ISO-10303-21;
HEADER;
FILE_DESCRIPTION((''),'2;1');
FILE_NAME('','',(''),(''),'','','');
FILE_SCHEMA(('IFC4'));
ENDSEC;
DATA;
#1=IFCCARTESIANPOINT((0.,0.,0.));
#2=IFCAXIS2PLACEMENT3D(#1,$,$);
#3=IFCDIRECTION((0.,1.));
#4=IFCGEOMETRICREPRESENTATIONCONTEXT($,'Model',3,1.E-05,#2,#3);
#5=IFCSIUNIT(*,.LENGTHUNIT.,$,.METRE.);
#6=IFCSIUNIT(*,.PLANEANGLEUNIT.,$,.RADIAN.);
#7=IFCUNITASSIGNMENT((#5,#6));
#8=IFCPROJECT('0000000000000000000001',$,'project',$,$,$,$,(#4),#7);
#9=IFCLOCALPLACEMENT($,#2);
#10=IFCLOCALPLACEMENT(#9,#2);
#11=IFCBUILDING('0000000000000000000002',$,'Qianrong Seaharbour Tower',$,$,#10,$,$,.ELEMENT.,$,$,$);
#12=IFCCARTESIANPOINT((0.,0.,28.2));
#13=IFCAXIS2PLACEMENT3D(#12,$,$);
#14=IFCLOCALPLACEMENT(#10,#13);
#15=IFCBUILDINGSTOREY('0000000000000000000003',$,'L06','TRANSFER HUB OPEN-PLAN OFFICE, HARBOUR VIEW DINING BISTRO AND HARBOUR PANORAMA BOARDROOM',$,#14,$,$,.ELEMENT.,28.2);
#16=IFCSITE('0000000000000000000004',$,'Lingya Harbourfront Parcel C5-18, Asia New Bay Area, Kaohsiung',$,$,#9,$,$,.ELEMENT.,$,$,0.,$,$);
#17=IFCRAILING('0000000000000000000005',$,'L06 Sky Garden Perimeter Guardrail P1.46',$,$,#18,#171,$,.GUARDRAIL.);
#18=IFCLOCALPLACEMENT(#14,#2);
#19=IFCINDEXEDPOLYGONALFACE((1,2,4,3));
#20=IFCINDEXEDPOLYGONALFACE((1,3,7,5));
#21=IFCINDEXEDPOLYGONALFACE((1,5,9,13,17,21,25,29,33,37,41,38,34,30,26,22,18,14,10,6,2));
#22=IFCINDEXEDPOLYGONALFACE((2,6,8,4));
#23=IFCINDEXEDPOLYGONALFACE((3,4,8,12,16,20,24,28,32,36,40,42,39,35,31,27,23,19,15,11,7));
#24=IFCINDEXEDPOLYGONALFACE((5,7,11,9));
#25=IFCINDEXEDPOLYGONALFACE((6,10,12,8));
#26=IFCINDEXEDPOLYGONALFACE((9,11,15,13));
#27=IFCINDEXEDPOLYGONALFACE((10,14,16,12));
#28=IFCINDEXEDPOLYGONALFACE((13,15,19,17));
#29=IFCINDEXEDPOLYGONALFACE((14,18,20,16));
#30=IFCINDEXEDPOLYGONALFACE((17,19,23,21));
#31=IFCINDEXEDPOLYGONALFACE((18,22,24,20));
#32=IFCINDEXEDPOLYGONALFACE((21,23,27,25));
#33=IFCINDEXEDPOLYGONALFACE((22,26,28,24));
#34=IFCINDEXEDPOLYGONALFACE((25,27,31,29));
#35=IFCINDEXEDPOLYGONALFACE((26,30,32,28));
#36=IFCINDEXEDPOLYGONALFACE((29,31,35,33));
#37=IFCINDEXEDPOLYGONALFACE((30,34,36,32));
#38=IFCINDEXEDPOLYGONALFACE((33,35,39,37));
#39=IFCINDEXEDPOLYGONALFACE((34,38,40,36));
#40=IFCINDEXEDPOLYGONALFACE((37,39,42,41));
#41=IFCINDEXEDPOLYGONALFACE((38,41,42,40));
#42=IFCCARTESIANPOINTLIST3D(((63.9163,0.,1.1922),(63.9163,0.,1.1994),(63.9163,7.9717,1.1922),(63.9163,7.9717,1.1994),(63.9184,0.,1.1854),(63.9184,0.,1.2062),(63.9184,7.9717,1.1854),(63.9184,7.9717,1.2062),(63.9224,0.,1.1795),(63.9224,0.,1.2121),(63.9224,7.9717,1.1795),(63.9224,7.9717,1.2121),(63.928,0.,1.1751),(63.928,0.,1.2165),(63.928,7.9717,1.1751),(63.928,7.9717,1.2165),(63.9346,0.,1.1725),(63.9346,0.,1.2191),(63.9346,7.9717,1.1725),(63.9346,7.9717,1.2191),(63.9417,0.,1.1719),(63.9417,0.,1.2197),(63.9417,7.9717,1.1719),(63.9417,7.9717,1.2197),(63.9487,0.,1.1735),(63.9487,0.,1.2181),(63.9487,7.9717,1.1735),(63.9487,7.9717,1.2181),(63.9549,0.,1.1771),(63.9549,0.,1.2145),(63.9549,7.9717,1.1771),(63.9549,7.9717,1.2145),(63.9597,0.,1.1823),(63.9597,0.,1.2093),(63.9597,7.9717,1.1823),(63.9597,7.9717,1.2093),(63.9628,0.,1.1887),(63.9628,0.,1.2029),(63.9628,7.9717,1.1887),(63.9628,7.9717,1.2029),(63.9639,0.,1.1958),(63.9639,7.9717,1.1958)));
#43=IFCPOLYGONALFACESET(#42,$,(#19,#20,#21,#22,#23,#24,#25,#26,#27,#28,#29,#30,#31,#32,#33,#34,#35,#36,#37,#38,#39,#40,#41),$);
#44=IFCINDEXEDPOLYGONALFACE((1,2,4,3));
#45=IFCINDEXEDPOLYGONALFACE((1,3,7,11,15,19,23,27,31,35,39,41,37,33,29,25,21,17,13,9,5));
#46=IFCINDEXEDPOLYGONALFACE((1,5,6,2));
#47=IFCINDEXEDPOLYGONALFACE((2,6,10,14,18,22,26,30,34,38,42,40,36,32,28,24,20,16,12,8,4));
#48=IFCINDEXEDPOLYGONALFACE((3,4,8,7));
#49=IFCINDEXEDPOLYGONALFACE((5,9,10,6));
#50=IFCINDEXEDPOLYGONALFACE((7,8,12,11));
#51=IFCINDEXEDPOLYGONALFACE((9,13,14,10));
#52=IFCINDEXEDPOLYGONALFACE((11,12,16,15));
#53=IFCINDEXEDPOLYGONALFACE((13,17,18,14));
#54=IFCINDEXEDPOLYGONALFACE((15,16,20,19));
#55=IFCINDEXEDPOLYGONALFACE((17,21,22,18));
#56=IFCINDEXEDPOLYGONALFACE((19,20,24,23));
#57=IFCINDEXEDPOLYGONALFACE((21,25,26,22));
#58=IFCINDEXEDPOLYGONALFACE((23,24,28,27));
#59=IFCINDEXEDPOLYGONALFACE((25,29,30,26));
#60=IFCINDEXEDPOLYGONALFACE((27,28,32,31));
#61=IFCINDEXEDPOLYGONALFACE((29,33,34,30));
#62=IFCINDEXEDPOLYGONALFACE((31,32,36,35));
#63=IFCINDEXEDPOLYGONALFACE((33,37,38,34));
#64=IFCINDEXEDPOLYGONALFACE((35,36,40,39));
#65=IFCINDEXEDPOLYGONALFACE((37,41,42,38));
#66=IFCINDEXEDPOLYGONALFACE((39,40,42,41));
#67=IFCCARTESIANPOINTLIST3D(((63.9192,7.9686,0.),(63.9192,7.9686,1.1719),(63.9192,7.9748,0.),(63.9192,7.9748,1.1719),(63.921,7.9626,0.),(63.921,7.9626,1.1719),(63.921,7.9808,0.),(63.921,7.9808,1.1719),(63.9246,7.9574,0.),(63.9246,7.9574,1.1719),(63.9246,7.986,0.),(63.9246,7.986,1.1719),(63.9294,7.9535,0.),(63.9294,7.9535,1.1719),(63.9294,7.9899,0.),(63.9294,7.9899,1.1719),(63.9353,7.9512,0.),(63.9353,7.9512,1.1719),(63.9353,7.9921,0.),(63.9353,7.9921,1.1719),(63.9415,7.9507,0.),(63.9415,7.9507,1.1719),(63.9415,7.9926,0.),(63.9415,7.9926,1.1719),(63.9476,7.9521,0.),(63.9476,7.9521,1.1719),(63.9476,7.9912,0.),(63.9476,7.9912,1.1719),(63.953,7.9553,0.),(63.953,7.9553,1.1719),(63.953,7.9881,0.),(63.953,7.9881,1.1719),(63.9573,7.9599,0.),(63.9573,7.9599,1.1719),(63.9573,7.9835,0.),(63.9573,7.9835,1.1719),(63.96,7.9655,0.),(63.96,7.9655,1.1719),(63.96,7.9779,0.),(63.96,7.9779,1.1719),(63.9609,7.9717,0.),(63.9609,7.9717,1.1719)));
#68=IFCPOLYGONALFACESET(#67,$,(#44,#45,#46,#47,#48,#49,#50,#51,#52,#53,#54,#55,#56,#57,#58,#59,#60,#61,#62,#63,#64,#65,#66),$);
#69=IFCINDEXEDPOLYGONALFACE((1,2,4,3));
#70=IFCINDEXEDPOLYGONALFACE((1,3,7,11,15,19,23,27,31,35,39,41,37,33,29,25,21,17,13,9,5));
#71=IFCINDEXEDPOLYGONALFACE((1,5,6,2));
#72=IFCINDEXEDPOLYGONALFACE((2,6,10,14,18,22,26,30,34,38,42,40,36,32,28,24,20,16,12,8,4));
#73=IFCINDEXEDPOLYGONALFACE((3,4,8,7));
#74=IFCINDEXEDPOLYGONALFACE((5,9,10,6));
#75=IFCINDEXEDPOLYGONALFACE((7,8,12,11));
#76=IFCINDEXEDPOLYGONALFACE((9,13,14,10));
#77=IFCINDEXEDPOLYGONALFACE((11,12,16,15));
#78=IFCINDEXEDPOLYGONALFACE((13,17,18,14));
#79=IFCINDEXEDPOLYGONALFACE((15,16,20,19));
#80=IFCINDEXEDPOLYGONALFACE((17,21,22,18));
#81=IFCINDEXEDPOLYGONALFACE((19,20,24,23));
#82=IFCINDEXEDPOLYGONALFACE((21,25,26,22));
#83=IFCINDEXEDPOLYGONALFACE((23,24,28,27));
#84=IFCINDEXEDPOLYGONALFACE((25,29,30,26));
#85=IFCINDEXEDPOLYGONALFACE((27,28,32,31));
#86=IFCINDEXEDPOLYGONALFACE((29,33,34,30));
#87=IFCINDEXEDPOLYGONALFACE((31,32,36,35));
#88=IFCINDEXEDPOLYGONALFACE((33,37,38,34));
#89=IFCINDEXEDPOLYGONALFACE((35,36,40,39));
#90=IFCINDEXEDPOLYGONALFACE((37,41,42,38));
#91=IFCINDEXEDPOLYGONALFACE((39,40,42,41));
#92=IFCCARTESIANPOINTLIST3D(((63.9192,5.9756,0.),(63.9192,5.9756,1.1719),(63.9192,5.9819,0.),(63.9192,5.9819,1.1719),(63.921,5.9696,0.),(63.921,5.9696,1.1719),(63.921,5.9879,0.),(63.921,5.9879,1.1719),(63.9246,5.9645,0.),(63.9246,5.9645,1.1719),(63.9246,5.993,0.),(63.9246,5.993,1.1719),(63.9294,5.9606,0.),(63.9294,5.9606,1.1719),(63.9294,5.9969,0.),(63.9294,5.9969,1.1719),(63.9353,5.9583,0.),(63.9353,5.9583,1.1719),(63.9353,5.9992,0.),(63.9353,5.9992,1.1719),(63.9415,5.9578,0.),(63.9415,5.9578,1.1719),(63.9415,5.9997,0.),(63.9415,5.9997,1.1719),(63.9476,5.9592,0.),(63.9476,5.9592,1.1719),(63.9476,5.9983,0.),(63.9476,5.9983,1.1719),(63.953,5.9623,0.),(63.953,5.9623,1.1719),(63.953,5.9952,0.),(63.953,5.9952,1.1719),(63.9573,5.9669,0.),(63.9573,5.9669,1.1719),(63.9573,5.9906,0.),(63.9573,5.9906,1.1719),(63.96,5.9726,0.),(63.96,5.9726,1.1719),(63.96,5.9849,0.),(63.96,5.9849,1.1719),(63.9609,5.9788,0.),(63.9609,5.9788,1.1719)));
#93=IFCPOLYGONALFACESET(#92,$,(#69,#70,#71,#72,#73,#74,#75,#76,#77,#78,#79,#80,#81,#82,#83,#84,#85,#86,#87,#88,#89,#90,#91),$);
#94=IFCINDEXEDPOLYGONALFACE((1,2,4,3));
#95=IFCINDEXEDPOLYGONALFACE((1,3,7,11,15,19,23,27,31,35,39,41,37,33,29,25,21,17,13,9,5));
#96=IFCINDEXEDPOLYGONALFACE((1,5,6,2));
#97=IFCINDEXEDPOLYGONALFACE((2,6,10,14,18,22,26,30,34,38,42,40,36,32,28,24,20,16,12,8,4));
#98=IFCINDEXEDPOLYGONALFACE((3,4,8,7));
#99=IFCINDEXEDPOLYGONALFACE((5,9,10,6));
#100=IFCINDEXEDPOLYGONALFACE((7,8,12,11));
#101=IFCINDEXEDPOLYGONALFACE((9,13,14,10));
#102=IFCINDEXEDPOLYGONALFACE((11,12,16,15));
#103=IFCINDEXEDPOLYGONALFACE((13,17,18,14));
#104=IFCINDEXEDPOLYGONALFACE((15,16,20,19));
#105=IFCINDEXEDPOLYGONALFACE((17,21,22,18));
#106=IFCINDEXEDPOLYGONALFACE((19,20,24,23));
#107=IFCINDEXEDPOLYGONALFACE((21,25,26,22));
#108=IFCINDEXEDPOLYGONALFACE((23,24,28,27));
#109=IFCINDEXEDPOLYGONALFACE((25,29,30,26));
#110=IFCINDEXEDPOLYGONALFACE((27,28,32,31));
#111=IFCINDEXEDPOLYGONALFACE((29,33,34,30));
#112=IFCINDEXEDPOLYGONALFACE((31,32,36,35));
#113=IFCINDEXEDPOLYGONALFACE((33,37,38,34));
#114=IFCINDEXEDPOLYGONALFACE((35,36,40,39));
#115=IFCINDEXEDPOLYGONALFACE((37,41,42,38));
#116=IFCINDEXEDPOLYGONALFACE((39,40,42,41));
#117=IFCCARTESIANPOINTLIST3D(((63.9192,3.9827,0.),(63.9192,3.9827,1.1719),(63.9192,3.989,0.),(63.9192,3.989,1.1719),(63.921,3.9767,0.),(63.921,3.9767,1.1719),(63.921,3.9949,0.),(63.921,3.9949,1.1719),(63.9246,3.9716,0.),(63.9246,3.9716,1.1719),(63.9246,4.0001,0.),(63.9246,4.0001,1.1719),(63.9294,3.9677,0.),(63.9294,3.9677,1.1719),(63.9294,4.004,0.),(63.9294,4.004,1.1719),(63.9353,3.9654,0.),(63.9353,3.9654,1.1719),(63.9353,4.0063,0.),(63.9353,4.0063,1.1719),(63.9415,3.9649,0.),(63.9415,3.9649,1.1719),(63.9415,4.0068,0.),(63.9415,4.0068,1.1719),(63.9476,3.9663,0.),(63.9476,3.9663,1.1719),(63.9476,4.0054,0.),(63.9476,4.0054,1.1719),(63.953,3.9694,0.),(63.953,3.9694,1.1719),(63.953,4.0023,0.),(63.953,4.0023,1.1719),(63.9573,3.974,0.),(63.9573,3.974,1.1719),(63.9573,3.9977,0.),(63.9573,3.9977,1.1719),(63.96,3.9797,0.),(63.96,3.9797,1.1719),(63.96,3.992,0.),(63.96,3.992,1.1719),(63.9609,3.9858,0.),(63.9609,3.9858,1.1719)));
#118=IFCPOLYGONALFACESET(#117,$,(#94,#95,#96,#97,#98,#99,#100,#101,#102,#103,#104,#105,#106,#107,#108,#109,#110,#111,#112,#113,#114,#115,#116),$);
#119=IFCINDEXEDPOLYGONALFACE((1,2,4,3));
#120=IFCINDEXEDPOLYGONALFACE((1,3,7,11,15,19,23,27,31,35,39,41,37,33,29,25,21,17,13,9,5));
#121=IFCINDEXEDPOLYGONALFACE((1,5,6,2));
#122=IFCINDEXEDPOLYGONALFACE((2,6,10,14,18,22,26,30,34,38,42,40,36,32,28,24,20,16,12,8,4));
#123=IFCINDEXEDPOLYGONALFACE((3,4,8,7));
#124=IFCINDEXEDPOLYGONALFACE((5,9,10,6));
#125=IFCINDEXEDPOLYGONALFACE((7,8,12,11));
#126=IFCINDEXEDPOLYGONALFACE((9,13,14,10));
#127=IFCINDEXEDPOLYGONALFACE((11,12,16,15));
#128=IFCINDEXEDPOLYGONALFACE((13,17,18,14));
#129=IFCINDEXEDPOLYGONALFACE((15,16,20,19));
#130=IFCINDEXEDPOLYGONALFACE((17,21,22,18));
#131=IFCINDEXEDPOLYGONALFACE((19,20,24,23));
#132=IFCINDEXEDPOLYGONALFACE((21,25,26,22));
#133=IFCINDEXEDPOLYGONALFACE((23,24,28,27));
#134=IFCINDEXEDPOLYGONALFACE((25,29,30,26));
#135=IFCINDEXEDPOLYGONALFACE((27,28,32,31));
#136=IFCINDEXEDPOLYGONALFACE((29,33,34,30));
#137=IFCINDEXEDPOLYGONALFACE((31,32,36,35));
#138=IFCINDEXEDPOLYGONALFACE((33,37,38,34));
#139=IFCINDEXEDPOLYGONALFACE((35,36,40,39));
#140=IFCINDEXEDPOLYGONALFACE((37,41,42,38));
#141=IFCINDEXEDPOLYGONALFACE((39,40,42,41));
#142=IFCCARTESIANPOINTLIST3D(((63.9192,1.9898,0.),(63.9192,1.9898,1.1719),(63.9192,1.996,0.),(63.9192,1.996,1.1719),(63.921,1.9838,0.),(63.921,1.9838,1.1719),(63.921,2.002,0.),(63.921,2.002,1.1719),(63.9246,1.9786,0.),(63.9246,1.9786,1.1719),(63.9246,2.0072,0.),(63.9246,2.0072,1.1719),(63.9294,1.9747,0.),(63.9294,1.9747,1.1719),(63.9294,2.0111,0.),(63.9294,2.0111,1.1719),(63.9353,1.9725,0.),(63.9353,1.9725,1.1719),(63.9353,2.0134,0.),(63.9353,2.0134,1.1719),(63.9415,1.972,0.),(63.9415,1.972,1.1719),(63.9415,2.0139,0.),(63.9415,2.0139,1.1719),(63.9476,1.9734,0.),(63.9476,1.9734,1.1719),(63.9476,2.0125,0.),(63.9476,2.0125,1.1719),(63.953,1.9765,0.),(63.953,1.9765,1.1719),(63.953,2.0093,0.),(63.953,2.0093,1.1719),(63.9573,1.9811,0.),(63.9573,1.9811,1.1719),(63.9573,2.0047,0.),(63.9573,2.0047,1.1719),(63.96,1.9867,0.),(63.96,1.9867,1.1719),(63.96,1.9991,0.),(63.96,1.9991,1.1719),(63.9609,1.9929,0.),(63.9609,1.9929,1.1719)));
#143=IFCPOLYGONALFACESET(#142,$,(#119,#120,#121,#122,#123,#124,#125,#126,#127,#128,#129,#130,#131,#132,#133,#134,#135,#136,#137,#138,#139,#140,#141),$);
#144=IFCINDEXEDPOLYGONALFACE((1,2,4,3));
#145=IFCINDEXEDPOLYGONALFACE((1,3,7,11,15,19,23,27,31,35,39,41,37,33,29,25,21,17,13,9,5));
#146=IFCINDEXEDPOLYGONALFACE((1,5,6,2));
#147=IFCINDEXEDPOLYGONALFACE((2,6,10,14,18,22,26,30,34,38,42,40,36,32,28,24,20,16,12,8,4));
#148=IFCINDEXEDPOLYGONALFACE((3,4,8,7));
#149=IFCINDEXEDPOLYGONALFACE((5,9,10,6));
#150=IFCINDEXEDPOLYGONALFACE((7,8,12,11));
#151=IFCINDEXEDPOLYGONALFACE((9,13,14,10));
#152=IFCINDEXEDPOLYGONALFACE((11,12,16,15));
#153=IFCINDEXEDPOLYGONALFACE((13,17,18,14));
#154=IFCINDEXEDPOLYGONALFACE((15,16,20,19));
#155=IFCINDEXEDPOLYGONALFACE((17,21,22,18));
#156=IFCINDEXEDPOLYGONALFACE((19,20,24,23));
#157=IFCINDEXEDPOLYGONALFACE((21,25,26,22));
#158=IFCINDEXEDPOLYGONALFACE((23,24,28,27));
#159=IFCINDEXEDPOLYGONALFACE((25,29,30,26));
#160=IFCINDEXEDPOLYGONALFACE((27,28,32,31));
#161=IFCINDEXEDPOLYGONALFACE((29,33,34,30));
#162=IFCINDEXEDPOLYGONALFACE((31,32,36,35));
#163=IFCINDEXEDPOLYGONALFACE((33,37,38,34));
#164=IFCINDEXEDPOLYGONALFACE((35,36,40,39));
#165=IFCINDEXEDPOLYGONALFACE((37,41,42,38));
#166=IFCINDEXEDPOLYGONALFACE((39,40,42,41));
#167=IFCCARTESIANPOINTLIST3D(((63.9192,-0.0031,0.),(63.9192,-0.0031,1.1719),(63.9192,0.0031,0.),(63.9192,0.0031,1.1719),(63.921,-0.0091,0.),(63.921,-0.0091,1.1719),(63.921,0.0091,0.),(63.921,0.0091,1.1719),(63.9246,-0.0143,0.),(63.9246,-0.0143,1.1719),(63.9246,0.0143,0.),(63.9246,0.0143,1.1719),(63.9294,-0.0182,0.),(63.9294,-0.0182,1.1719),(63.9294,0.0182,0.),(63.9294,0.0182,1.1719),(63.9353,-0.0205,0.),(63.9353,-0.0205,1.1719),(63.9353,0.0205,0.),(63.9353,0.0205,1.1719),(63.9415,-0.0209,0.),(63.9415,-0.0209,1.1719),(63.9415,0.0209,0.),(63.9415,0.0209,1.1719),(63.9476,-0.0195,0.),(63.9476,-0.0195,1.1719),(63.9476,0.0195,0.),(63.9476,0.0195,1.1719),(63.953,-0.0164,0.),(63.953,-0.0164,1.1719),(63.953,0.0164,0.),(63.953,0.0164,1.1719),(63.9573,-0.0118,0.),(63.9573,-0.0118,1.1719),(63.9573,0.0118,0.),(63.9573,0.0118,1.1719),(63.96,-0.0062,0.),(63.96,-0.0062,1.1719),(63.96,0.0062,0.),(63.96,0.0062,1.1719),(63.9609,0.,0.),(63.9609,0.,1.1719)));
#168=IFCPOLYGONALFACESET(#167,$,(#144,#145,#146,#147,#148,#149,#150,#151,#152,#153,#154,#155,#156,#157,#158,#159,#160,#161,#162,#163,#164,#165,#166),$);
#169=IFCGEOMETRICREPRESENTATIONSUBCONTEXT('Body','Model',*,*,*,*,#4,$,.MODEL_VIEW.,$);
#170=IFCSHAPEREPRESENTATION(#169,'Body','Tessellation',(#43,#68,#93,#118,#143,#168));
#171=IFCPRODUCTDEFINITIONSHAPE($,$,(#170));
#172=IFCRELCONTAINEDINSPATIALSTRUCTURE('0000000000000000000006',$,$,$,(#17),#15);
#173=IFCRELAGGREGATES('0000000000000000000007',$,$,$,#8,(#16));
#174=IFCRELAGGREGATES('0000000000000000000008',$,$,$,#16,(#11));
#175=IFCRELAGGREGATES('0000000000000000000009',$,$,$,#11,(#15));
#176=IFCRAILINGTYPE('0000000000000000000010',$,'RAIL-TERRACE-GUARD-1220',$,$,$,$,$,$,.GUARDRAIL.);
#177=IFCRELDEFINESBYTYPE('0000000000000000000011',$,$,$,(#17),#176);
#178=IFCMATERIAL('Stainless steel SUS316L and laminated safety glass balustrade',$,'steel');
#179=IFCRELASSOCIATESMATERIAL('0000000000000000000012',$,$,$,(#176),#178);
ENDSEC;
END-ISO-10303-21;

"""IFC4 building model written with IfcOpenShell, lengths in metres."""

from ifc_helpers import new_model, si_unit, direction, frame, origin, origin_2d, place, context, subcontext, project, spatial, circle, extrude, material, type_object, element, save


model = new_model("IFC4")

# Units and contexts
model_context = context("Model", 3, precision=1e-05, world=origin(), true_north=direction((0.0, 1.0)))
body_context = subcontext(model_context, "Body", "Model", "MODEL_VIEW")
ifc_project = project(units=[si_unit("LENGTHUNIT", "METRE"), si_unit("PLANEANGLEUNIT", "RADIAN")], contexts=[model_context])

# Site, building, storey
site_placement = place(None, origin())
site = spatial("IfcSite", under=ifc_project, at=site_placement, Name="Lingya Harbourfront Parcel C5-18, Asia New Bay Area, Kaohsiung", CompositionType="ELEMENT", RefElevation=0.0)
building_placement = place(site_placement, origin())
building = spatial("IfcBuilding", under=site, at=building_placement, Name="Qianrong Seaharbour Tower", CompositionType="ELEMENT")
storey_placement = place(building_placement, frame((0.0, 0.0, 28.2)))
storey = spatial("IfcBuildingStorey", under=building, at=storey_placement, Name="L06", Description="TRANSFER HUB OPEN-PLAN OFFICE, HARBOUR VIEW DINING BISTRO AND HARBOUR PANORAMA BOARDROOM", CompositionType="ELEMENT", Elevation=28.2)

# Railing
ifc_material_1 = material(Name="Stainless steel SUS316L and laminated safety glass balustrade", Category="steel")
railing_type = type_object("IfcRailingType", Name="RAIL-TERRACE-GUARD-1220", PredefinedType="GUARDRAIL", material=ifc_material_1)
railing_1_placement = place(storey_placement, frame((63.9399, 7.9717, 0.0)))
element("IfcRailing", 1, at=railing_1_placement, inside=storey, type_object=railing_type, Name="L06 Sky Garden Perimeter Guardrail P1.46", PredefinedType="GUARDRAIL", context=body_context, shape_type="SweptSolid", body=[
    extrude(circle(Radius=0.0239, at=origin_2d()), frame((0.0, 0.0, 1.1958), z_axis=(0.0, -1.0, 0.0), x_axis=(1.0, 0.0, 0.0)), (0.0, 0.0, 1.0), 7.9717),
    extrude(circle(Radius=0.021, at=origin_2d()), origin(), (0.0, 0.0, 1.0), 1.1719),
    extrude(circle(Radius=0.021, at=origin_2d()), frame((0.0, -1.9929, 0.0)), (0.0, 0.0, 1.0), 1.1719),
    extrude(circle(Radius=0.021, at=origin_2d()), frame((0.0, -3.9858, 0.0)), (0.0, 0.0, 1.0), 1.1719),
    extrude(circle(Radius=0.021, at=origin_2d()), frame((0.0, -5.9788, 0.0)), (0.0, 0.0, 1.0), 1.1719),
    extrude(circle(Radius=0.021, at=origin_2d()), frame((0.0, -7.9717, 0.0)), (0.0, 0.0, 1.0), 1.1719),
])

save(model, "model.ifc")
